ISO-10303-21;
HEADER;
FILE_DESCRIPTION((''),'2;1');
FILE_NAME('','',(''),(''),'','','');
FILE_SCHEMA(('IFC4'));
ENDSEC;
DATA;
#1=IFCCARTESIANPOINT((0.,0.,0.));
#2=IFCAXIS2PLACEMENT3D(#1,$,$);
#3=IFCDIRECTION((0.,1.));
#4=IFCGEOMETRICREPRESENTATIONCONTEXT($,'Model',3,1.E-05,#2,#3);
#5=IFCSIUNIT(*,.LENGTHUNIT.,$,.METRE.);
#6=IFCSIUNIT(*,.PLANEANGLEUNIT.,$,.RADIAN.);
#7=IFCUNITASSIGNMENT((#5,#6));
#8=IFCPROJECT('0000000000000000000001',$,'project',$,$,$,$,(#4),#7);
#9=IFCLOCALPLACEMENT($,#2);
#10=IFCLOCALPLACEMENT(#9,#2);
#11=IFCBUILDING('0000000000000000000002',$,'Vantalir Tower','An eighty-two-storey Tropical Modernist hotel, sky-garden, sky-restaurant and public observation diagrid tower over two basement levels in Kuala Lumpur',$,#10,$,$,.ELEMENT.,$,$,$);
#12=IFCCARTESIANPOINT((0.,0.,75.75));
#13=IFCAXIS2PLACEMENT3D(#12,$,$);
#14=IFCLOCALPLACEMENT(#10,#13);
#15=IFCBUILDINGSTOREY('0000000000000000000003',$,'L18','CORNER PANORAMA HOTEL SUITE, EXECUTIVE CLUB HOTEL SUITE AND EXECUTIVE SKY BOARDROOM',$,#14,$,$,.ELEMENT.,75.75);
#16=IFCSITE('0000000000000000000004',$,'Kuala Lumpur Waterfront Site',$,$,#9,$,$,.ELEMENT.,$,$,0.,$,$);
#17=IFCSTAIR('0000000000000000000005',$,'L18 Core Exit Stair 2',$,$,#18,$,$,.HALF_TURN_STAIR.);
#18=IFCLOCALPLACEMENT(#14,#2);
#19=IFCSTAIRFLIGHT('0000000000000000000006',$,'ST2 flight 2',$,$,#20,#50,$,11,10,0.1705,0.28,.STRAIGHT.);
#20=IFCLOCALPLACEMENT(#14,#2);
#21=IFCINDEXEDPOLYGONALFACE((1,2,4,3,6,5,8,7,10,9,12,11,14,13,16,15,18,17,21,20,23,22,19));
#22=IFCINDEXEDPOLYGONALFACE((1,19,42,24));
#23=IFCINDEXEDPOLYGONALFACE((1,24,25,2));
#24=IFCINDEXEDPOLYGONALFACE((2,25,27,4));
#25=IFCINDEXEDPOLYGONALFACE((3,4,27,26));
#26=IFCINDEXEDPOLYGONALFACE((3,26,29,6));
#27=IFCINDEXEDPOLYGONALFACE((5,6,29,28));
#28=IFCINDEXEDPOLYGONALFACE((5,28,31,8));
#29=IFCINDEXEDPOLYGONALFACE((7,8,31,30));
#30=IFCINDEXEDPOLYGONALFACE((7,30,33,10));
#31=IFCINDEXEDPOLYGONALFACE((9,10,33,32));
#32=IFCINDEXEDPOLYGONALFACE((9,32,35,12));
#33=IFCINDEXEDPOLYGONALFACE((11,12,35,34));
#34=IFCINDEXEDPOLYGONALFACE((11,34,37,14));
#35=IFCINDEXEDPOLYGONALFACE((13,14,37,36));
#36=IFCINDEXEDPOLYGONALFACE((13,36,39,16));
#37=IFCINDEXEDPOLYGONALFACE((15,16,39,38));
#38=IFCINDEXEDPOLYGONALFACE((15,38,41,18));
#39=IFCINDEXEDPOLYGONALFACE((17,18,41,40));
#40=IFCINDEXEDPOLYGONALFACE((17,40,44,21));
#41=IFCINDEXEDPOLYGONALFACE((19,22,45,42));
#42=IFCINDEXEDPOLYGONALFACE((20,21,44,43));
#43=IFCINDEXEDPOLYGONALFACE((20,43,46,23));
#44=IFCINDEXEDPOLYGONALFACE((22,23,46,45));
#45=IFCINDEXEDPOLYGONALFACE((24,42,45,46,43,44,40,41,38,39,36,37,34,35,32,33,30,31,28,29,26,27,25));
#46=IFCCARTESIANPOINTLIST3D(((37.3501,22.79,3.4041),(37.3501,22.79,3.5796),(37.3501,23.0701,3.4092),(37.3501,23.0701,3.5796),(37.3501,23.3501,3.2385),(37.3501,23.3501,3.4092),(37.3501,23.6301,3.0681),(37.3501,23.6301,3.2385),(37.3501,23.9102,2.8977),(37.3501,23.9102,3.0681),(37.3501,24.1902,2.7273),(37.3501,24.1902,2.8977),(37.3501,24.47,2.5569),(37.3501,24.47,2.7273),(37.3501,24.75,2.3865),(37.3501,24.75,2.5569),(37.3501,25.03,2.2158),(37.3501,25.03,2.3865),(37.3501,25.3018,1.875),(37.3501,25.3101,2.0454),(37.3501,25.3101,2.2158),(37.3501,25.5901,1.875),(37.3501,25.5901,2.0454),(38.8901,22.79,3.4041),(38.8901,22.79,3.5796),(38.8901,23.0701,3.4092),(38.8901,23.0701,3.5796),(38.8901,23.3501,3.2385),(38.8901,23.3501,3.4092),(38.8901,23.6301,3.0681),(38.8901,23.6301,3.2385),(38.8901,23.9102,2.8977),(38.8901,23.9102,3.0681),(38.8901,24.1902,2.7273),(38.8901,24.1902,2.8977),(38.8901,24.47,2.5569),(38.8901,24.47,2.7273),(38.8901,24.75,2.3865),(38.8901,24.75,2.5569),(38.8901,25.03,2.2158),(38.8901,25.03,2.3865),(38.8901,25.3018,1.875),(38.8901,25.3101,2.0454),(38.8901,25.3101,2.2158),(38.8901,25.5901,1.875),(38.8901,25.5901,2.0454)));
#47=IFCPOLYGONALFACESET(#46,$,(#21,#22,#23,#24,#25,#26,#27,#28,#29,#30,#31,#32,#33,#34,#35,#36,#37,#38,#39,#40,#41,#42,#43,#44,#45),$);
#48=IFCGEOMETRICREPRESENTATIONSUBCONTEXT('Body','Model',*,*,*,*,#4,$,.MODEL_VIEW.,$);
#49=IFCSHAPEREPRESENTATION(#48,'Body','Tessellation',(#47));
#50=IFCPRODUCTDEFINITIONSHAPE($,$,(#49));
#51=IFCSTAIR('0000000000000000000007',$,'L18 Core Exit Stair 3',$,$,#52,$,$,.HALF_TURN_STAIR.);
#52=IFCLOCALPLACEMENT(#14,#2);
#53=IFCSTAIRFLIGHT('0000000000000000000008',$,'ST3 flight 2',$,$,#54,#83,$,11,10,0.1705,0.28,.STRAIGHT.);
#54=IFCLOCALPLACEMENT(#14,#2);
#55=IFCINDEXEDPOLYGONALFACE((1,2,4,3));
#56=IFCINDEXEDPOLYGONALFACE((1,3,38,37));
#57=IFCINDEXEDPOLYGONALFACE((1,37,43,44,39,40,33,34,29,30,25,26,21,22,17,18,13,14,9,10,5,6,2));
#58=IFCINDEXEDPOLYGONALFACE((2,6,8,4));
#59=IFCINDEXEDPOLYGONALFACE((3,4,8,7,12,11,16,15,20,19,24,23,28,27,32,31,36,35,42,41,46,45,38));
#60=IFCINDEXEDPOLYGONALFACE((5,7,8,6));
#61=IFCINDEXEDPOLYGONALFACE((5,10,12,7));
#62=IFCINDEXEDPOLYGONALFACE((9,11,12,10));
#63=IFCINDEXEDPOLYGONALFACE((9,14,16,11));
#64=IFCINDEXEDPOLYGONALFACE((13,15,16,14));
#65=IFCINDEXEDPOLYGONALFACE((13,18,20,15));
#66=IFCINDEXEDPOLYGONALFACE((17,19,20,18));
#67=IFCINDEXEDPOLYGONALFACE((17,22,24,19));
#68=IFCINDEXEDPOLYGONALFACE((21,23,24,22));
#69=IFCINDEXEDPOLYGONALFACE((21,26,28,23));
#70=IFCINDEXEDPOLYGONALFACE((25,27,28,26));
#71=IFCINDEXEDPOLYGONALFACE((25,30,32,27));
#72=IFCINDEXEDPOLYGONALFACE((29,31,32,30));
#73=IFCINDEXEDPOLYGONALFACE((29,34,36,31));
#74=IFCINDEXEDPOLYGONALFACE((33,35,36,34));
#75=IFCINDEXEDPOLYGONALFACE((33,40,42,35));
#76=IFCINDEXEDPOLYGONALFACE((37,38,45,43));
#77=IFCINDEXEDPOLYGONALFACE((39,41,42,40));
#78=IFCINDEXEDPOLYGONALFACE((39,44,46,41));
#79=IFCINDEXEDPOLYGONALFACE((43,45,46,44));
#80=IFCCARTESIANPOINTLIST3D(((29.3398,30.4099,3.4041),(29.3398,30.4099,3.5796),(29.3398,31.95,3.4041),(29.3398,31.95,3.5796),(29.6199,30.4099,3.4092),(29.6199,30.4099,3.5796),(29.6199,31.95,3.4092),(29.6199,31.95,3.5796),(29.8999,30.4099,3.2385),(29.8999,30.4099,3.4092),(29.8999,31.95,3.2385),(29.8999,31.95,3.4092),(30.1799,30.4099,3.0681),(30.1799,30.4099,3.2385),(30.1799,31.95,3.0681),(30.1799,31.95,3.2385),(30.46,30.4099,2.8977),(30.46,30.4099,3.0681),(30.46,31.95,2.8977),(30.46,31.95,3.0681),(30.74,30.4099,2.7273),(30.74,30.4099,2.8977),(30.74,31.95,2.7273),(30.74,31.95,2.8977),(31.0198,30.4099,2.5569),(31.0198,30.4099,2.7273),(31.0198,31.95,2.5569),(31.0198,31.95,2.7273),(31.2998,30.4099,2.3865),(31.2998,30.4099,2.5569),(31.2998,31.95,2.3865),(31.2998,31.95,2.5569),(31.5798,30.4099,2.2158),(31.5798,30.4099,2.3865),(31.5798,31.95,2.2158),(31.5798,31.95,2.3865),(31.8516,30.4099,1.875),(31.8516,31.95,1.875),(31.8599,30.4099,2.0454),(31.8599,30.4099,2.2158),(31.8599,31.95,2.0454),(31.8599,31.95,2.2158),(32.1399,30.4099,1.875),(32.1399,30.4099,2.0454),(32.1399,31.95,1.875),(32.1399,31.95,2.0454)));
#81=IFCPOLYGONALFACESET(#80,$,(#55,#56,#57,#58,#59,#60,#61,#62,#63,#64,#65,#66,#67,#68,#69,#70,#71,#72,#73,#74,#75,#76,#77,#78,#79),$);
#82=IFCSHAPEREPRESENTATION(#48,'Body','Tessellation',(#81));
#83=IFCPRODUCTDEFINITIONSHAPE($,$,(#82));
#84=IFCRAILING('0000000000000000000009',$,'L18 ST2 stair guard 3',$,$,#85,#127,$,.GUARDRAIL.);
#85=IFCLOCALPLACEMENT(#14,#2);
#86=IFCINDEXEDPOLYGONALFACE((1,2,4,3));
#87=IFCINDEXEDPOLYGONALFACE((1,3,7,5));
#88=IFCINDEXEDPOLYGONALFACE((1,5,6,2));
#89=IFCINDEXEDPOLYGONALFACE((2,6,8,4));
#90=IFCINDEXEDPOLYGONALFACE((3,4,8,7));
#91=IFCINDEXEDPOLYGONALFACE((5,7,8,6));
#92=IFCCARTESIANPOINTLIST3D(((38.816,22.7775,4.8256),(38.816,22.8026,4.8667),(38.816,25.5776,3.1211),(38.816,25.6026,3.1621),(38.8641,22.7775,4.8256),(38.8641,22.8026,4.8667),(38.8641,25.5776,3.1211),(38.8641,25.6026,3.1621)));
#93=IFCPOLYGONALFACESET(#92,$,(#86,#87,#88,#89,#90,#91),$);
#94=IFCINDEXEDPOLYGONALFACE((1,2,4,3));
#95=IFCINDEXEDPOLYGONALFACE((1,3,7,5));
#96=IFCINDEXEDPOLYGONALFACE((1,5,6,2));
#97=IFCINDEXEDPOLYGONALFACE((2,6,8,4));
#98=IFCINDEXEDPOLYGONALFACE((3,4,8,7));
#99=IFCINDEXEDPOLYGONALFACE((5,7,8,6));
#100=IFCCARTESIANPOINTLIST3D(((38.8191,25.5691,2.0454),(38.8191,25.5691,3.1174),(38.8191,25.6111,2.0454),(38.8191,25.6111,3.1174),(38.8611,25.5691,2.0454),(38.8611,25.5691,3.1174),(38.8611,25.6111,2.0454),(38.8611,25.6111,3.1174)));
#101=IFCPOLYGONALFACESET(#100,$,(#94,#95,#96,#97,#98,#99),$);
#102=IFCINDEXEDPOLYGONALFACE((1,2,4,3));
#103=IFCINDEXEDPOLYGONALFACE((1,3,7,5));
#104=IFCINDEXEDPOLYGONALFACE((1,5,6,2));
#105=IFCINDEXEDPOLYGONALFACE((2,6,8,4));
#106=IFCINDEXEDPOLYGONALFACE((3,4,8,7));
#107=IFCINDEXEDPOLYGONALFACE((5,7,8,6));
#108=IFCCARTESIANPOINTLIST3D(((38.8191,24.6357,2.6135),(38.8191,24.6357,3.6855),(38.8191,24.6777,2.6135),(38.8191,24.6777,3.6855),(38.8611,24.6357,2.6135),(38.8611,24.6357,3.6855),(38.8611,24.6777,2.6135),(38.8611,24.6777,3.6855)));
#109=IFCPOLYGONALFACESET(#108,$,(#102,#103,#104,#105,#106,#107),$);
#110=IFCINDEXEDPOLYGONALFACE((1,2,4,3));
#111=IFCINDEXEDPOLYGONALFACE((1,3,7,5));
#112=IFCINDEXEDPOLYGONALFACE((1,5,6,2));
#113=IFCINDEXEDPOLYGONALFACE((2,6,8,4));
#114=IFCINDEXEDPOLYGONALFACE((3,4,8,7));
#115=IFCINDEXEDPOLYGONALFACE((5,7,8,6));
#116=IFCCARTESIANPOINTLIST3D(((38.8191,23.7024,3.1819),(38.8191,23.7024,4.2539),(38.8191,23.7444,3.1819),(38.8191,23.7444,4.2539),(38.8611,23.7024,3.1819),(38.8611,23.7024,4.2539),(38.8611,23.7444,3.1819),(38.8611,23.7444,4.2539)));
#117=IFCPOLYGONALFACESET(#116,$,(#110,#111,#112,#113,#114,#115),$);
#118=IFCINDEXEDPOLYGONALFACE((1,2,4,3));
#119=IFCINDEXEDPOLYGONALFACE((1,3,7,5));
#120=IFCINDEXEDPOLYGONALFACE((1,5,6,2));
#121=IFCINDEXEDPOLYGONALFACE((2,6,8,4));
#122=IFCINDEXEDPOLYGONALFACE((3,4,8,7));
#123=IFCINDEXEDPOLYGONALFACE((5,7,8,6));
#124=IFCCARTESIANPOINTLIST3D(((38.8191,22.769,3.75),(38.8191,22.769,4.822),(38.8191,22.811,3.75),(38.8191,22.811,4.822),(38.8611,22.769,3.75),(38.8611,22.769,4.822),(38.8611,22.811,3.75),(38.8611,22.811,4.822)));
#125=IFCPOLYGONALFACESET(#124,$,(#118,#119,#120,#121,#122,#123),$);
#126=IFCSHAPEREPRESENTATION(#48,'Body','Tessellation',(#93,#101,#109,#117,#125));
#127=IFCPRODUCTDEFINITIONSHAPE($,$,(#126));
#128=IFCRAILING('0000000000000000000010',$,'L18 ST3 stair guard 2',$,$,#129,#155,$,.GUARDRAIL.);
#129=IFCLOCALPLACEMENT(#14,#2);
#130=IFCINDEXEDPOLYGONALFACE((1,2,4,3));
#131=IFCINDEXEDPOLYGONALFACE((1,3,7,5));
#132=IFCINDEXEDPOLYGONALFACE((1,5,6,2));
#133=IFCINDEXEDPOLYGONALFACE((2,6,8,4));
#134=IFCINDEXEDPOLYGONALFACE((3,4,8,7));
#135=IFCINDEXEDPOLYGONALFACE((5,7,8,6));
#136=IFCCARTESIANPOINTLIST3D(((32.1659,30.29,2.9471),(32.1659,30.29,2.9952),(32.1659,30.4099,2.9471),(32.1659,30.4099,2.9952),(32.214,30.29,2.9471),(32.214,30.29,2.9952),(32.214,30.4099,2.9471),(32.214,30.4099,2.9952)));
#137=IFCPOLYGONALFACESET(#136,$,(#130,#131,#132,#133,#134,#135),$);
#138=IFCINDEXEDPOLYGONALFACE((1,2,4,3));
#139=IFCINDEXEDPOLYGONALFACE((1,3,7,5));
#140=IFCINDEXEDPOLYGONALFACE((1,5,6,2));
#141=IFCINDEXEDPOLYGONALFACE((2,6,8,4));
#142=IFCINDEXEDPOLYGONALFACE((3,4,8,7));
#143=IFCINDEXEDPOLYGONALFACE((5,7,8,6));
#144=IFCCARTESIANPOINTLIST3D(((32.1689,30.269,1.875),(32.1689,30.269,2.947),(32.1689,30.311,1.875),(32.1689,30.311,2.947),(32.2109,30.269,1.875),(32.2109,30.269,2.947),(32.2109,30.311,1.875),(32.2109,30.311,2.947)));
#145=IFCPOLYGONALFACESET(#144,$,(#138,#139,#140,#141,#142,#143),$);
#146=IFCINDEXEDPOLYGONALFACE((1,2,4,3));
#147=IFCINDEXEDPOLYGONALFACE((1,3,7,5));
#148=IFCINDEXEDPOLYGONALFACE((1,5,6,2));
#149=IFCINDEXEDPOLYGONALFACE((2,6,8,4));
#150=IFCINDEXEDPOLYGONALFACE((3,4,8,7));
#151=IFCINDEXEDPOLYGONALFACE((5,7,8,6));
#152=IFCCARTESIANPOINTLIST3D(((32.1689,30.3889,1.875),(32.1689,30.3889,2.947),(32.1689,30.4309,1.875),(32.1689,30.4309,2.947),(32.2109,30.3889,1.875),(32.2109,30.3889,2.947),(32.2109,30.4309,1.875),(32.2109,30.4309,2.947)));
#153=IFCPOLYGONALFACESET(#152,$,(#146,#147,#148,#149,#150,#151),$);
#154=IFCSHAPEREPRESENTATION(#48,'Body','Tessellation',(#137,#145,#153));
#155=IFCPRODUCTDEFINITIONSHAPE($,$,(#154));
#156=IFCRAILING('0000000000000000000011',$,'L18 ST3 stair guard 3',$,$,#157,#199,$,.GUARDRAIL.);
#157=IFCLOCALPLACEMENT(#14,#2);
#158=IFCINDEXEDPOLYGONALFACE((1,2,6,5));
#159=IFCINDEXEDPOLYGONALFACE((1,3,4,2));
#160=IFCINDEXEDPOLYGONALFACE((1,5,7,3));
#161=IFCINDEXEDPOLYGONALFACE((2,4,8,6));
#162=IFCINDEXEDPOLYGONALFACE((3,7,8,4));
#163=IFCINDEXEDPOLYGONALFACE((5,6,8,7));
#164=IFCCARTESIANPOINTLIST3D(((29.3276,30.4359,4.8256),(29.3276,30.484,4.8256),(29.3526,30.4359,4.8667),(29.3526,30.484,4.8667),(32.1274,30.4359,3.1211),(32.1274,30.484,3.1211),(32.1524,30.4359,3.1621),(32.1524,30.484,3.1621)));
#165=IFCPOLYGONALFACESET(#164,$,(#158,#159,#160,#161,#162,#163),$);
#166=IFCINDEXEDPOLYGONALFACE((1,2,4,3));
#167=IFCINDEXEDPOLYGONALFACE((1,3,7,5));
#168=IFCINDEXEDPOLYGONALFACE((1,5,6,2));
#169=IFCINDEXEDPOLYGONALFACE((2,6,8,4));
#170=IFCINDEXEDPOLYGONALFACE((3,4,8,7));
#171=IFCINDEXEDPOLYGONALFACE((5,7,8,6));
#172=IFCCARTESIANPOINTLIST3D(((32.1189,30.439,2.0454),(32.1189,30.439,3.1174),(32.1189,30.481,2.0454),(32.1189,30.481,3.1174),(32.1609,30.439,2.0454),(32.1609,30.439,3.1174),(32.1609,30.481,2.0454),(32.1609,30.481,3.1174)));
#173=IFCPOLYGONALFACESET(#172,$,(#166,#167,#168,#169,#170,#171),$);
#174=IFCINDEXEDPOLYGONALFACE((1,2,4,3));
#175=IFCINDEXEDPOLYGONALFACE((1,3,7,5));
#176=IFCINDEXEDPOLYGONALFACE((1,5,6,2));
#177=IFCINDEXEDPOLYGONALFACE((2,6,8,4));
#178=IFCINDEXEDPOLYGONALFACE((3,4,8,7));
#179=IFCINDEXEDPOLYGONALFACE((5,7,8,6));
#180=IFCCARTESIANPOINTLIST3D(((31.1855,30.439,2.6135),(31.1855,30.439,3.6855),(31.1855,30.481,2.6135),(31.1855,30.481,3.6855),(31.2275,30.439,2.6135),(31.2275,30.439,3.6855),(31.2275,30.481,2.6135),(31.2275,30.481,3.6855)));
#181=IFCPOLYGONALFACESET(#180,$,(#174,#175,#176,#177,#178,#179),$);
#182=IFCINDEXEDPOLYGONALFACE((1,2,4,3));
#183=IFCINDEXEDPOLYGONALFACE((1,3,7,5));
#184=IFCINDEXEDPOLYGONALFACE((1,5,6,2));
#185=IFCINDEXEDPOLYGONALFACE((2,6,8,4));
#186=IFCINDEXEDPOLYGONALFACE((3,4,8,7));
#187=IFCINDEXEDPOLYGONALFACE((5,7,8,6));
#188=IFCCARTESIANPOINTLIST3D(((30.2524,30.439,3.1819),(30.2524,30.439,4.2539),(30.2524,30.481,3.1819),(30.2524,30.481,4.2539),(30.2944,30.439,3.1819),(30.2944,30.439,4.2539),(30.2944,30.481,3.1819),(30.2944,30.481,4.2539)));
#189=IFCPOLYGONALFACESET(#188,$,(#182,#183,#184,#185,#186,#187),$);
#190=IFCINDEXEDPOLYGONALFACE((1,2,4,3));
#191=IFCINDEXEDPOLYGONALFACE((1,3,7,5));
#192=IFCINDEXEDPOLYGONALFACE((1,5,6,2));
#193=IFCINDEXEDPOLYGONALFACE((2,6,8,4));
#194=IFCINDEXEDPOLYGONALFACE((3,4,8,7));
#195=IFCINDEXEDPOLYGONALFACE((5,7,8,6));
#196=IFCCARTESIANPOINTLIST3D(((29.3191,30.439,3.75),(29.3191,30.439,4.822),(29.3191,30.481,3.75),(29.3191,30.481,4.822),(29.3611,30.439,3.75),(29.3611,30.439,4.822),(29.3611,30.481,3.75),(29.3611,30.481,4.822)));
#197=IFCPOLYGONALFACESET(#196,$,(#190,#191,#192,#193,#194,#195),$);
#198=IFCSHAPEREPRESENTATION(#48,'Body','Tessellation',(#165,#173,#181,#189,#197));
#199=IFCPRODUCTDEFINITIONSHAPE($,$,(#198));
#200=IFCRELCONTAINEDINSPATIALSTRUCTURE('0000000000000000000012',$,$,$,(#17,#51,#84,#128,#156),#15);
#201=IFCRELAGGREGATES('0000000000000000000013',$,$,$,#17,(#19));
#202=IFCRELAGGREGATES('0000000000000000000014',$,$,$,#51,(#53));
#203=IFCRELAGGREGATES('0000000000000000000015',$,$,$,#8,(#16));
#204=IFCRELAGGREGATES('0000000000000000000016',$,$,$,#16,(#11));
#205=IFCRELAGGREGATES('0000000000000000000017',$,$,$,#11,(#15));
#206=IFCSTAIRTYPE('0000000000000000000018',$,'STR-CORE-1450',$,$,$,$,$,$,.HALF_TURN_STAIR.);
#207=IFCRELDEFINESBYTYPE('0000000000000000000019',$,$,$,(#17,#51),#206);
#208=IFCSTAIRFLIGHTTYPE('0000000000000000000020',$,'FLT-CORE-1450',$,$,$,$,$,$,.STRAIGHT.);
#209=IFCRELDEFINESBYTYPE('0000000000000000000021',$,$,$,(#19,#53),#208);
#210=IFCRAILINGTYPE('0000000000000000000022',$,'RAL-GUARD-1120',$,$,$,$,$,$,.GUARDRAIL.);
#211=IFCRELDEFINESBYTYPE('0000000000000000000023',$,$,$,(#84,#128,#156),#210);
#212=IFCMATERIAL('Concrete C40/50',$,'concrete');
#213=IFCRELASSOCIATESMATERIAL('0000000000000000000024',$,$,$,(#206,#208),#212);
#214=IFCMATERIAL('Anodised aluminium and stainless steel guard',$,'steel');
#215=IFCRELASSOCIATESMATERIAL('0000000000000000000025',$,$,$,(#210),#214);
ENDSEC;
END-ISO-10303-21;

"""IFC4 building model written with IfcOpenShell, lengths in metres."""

from ifc_helpers import new_model, si_unit, direction, frame, origin, origin_2d, place, context, subcontext, project, spatial, polyline, rectangle, outline, extrude, material, type_object, element, aggregate, save


model = new_model("IFC4")

# Units and contexts
model_context = context("Model", 3, precision=1e-05, world=origin(), true_north=direction((0.0, 1.0)))
body_context = subcontext(model_context, "Body", "Model", "MODEL_VIEW")
ifc_project = project(units=[si_unit("LENGTHUNIT", "METRE"), si_unit("PLANEANGLEUNIT", "RADIAN")], contexts=[model_context])

# Site, building, storey
site_placement = place(None, origin())
site = spatial("IfcSite", under=ifc_project, at=site_placement, Name="Kuala Lumpur Waterfront Site", CompositionType="ELEMENT", RefElevation=0.0)
building_placement = place(site_placement, origin())
building = spatial("IfcBuilding", under=site, at=building_placement, Name="Vantalir Tower", Description="An eighty-two-storey Tropical Modernist hotel, sky-garden, sky-restaurant and public observation diagrid tower over two basement levels in Kuala Lumpur", CompositionType="ELEMENT")
storey_placement = place(building_placement, frame((0.0, 0.0, 75.75)))
storey = spatial("IfcBuildingStorey", under=building, at=storey_placement, Name="L18", Description="CORNER PANORAMA HOTEL SUITE, EXECUTIVE CLUB HOTEL SUITE AND EXECUTIVE SKY BOARDROOM", CompositionType="ELEMENT", Elevation=75.75)

# Stairs, stair flights
ifc_material_1 = material(Name="Concrete C40/50", Category="concrete")
stair_type = type_object("IfcStairType", Name="STR-CORE-1450", PredefinedType="HALF_TURN_STAIR", material=ifc_material_1)
stair_1_placement = place(storey_placement, origin())
stair_1 = element("IfcStair", 1, at=stair_1_placement, inside=storey, type_object=stair_type, Name="L18 Core Exit Stair 2", PredefinedType="HALF_TURN_STAIR")
stair_flight_type = type_object("IfcStairFlightType", Name="FLT-CORE-1450", PredefinedType="STRAIGHT", material=ifc_material_1)
stair_flight_1_placement = place(storey_placement, frame((38.1201, 25.5901, 1.875), z_axis=(0.0, 0.0, 1.0), x_axis=(0.0, -1.0, 0.0)))
stair_flight_1 = element("IfcStairFlight", 2, at=stair_flight_1_placement, type_object=stair_flight_type, Name="ST2 flight 2", NumberOfRisers=11, NumberOfTreads=10, PredefinedType="STRAIGHT", RiserHeight=0.1705, TreadLength=0.28, context=body_context, shape_type="SweptSolid", body=[
    extrude(outline(polyline([(0.0, 0.0), (0.0, 0.1704), (0.28, 0.1704), (0.28, 0.3408), (0.5601, 0.3408), (0.5601, 0.5115), (0.8401, 0.5115), (0.8401, 0.6819), (1.1201, 0.6819), (1.1201, 0.8523), (1.3999, 0.8523), (1.3999, 1.0227), (1.6799, 1.0227), (1.6799, 1.1931), (1.96, 1.1931), (1.96, 1.3635), (2.24, 1.3635), (2.24, 1.5342), (2.52, 1.5342), (2.52, 1.7046), (2.8, 1.7046), (2.8, 1.875), (2.8, 1.5291), (0.2883, 0.0), (0.0, 0.0)])), frame((0.0, 0.77, 0.0), z_axis=(0.0, -1.0, 0.0), x_axis=(1.0, 0.0, 0.0)), (0.0, 0.0, 1.0), 1.54),
])
aggregate(stair_1, [stair_flight_1])
stair_2_placement = place(storey_placement, origin())
stair_2 = element("IfcStair", 3, at=stair_2_placement, inside=storey, type_object=stair_type, Name="L18 Core Exit Stair 3", PredefinedType="HALF_TURN_STAIR")
stair_flight_2_placement = place(storey_placement, frame((32.1399, 31.1799, 1.875), z_axis=(0.0, 0.0, 1.0), x_axis=(-1.0, 0.0, 0.0)))
stair_flight_2 = element("IfcStairFlight", 4, at=stair_flight_2_placement, type_object=stair_flight_type, Name="ST3 flight 2", NumberOfRisers=11, NumberOfTreads=10, PredefinedType="STRAIGHT", RiserHeight=0.1705, TreadLength=0.28, context=body_context, shape_type="SweptSolid", body=[
    extrude(outline(polyline([(0.0, 0.0), (0.0, 0.1704), (0.28, 0.1704), (0.28, 0.3408), (0.5601, 0.3408), (0.5601, 0.5115), (0.8401, 0.5115), (0.8401, 0.6819), (1.1201, 0.6819), (1.1201, 0.8523), (1.3999, 0.8523), (1.3999, 1.0227), (1.6799, 1.0227), (1.6799, 1.1931), (1.96, 1.1931), (1.96, 1.3635), (2.24, 1.3635), (2.24, 1.5342), (2.52, 1.5342), (2.52, 1.7046), (2.8, 1.7046), (2.8, 1.875), (2.8, 1.5291), (0.2883, 0.0), (0.0, 0.0)])), frame((0.0, 0.77, 0.0), z_axis=(0.0, -1.0, 0.0), x_axis=(1.0, 0.0, 0.0)), (0.0, 0.0, 1.0), 1.54),
])
aggregate(stair_2, [stair_flight_2])

# Railings
ifc_material_2 = material(Name="Anodised aluminium and stainless steel guard", Category="steel")
railing_type_1 = type_object("IfcRailingType", Name="RAL-GUARD-1120", PredefinedType="GUARDRAIL", material=ifc_material_2)
railing_1_placement = place(storey_placement, frame((38.8401, 25.5901, 2.0454)))
element("IfcRailing", 5, at=railing_1_placement, inside=storey, type_object=railing_type_1, Name="L18 ST2 stair guard 3", PredefinedType="GUARDRAIL", context=body_context, shape_type="SweptSolid", body=[
    extrude(rectangle(XDim=0.0481, YDim=0.0481, at=origin_2d()), frame((0.0, 0.0, 1.0962), z_axis=(0.0, -0.85417, 0.519994), x_axis=(1.0, 0.0, 0.0)), (0.0, 0.0, 1.0), 3.2781),
    extrude(rectangle(XDim=0.042, YDim=0.042, at=origin_2d()), origin(), (0.0, 0.0, 1.0), 1.072),
    extrude(rectangle(XDim=0.042, YDim=0.042, at=origin_2d()), frame((0.0, -0.9333, 0.5681)), (0.0, 0.0, 1.0), 1.072),
    extrude(rectangle(XDim=0.042, YDim=0.042, at=origin_2d()), frame((0.0, -1.8667, 1.1365)), (0.0, 0.0, 1.0), 1.072),
    extrude(rectangle(XDim=0.042, YDim=0.042, at=origin_2d()), frame((0.0, -2.8, 1.7046)), (0.0, 0.0, 1.0), 1.072),
])
railing_2_placement = place(storey_placement, frame((32.1899, 30.29, 1.875)))
element("IfcRailing", 6, at=railing_2_placement, inside=storey, type_object=railing_type_1, Name="L18 ST3 stair guard 2", PredefinedType="GUARDRAIL", context=body_context, shape_type="SweptSolid", body=[
    extrude(rectangle(XDim=0.0481, YDim=0.0481, at=origin_2d()), frame((0.0, 0.0, 1.0962), z_axis=(0.0, 1.0, 0.0), x_axis=(-1.0, 0.0, 0.0)), (0.0, 0.0, 1.0), 0.1199),
    extrude(rectangle(XDim=0.042, YDim=0.042, at=origin_2d()), origin(), (0.0, 0.0, 1.0), 1.072),
    extrude(rectangle(XDim=0.042, YDim=0.042, at=origin_2d()), frame((0.0, 0.1199, 0.0)), (0.0, 0.0, 1.0), 1.072),
])
railing_3_placement = place(storey_placement, frame((32.1399, 30.46, 2.0454)))
element("IfcRailing", 7, at=railing_3_placement, inside=storey, type_object=railing_type_1, Name="L18 ST3 stair guard 3", PredefinedType="GUARDRAIL", context=body_context, shape_type="SweptSolid", body=[
    extrude(rectangle(XDim=0.0481, YDim=0.0481, at=origin_2d()), frame((0.0, 0.0, 1.0962), z_axis=(-0.85415, 0.0, 0.520027), x_axis=(0.0, -1.0, 0.0)), (0.0, 0.0, 1.0), 3.2778),
    extrude(rectangle(XDim=0.042, YDim=0.042, at=origin_2d()), origin(), (0.0, 0.0, 1.0), 1.072),
    extrude(rectangle(XDim=0.042, YDim=0.042, at=origin_2d()), frame((-0.9333, 0.0, 0.5681)), (0.0, 0.0, 1.0), 1.072),
    extrude(rectangle(XDim=0.042, YDim=0.042, at=origin_2d()), frame((-1.8665, 0.0, 1.1365)), (0.0, 0.0, 1.0), 1.072),
    extrude(rectangle(XDim=0.042, YDim=0.042, at=origin_2d()), frame((-2.7998, 0.0, 1.7046)), (0.0, 0.0, 1.0), 1.072),
])

save(model, "model.ifc")
